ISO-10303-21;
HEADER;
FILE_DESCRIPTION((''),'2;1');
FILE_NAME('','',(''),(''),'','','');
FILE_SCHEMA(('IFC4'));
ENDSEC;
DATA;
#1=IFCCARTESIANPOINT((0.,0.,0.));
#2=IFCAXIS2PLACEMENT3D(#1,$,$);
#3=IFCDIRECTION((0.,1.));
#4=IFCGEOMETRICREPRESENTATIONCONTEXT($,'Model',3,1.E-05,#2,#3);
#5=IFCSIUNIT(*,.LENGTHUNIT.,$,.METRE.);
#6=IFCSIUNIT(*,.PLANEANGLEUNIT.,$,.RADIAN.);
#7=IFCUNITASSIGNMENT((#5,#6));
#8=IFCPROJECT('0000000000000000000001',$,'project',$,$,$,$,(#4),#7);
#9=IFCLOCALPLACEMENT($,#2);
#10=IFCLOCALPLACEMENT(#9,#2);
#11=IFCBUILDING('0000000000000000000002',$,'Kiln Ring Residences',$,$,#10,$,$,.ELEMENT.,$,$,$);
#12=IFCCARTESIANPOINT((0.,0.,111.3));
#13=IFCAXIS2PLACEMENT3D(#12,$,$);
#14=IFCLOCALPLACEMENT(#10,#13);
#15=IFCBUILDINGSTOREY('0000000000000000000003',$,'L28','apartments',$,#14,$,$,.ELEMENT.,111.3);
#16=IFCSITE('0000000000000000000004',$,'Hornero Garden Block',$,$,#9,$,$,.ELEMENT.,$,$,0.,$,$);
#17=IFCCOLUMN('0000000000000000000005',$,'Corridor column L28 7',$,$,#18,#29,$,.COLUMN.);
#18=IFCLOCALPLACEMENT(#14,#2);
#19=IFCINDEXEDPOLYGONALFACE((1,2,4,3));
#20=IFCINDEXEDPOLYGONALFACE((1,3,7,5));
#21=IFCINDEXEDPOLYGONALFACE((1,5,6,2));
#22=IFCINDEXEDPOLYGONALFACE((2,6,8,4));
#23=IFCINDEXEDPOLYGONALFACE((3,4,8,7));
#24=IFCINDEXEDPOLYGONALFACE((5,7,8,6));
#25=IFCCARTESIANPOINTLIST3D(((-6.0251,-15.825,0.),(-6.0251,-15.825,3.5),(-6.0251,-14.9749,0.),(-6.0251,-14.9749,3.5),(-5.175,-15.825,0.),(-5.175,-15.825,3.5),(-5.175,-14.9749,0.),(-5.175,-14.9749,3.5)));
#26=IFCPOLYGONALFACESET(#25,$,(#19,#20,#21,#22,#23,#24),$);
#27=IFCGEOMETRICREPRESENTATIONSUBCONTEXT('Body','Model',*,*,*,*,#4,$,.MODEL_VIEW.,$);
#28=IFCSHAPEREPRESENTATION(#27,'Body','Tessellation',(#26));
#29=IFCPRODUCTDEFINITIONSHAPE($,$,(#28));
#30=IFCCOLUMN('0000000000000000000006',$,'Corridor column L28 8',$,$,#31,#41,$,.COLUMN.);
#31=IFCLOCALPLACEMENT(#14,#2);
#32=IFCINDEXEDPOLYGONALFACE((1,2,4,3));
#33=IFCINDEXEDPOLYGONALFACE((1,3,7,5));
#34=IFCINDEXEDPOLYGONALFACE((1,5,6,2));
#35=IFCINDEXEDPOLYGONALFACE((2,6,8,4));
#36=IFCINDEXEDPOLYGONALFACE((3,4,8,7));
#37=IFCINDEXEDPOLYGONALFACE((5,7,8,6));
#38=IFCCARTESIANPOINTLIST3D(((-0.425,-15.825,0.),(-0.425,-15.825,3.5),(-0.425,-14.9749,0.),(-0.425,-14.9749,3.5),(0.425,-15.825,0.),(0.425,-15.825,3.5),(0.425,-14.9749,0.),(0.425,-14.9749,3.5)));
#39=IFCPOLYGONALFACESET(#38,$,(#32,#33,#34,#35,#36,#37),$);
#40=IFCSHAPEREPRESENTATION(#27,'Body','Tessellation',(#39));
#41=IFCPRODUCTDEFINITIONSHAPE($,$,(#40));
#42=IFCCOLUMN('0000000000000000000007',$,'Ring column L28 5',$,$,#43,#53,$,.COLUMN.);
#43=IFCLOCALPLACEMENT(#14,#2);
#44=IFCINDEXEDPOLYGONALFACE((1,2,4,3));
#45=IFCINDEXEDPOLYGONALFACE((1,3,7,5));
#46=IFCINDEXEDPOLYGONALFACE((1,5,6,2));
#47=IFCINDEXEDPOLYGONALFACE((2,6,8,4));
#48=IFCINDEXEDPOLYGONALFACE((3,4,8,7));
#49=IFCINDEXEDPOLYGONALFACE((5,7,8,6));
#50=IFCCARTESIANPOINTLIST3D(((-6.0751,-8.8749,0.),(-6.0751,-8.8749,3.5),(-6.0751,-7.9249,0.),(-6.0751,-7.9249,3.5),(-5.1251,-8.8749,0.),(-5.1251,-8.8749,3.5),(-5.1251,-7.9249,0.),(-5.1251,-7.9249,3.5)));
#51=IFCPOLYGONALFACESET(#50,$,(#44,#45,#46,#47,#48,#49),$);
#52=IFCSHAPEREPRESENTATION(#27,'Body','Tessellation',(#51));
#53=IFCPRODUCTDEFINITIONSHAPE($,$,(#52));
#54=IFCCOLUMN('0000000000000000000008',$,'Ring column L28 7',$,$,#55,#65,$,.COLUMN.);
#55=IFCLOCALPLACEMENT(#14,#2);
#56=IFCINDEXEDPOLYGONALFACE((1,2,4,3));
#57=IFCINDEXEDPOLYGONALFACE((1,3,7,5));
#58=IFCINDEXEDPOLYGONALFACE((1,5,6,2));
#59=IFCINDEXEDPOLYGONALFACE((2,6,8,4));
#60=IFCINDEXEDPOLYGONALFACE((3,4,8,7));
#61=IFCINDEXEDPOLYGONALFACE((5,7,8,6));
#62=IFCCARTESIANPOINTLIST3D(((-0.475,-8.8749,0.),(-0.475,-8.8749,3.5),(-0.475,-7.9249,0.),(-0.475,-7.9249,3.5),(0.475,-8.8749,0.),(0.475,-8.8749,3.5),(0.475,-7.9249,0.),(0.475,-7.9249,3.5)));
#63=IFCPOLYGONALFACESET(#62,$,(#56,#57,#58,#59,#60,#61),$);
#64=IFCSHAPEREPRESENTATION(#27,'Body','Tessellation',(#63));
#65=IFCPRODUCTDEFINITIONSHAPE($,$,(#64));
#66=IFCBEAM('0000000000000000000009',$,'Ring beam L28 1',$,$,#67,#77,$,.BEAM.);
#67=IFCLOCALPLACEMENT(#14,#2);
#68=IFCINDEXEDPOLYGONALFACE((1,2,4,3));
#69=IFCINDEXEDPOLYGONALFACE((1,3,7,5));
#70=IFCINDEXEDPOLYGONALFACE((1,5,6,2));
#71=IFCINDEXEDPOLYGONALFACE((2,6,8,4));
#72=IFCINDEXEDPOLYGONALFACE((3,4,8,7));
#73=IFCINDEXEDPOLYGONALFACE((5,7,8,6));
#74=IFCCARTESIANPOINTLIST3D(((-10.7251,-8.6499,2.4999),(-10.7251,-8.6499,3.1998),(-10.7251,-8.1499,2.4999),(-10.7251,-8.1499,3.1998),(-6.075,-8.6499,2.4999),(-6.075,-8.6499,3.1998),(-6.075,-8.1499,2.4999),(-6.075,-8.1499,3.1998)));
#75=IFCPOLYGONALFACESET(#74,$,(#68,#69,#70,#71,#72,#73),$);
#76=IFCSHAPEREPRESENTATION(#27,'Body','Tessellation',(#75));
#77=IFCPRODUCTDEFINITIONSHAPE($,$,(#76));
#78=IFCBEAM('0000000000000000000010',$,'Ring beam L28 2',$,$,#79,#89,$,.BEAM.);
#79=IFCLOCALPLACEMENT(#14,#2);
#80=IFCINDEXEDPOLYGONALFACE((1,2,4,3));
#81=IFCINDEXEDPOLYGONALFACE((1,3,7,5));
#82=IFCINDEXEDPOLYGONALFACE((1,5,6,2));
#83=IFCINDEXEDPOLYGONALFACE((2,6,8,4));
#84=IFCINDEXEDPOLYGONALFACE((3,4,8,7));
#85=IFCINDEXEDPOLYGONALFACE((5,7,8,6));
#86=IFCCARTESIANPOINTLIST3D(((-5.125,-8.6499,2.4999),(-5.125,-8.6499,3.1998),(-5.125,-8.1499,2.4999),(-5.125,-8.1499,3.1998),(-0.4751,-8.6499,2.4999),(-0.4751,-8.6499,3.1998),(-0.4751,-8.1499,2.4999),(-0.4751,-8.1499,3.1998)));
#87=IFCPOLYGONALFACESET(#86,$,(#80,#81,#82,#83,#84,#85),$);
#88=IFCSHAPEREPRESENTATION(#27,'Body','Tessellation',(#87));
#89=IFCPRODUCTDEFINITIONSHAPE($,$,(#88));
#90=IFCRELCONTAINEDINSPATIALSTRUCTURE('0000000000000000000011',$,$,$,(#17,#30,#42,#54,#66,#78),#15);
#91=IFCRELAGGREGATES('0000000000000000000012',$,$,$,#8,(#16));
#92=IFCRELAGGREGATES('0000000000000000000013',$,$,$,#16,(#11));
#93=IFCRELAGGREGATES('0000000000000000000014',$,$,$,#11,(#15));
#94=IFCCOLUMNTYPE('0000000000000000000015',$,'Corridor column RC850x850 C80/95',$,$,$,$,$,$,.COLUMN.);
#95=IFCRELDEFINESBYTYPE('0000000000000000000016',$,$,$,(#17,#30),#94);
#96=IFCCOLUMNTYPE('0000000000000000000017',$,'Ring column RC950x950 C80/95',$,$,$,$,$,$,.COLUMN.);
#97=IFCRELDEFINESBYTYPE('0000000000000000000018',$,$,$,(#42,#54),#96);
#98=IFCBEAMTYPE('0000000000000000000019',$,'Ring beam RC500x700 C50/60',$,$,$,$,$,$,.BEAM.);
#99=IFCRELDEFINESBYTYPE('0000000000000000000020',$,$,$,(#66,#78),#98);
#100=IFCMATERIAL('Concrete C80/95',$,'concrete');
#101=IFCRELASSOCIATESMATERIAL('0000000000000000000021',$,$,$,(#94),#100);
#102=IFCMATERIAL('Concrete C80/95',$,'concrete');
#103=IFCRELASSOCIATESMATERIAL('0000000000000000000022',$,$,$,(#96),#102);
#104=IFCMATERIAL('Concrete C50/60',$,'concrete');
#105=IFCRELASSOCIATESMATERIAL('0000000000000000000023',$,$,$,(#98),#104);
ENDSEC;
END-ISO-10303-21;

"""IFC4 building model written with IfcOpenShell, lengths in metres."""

from ifc_helpers import new_model, si_unit, direction, frame, origin, origin_2d, place, context, subcontext, project, spatial, rectangle, extrude, material, material_profile, profile_set, type_object, element, save


model = new_model("IFC4")

# Units and contexts
model_context = context("Model", 3, precision=1e-05, world=origin(), true_north=direction((0.0, 1.0)))
body_context = subcontext(model_context, "Body", "Model", "MODEL_VIEW")
ifc_project = project(units=[si_unit("LENGTHUNIT", "METRE"), si_unit("PLANEANGLEUNIT", "RADIAN")], contexts=[model_context])

# Site, building, storey
site_placement = place(None, origin())
site = spatial("IfcSite", under=ifc_project, at=site_placement, Name="Hornero Garden Block", CompositionType="ELEMENT", RefElevation=0.0)
building_placement = place(site_placement, origin())
building = spatial("IfcBuilding", under=site, at=building_placement, Name="Kiln Ring Residences", CompositionType="ELEMENT")
storey_placement = place(building_placement, frame((0.0, 0.0, 111.3)))
storey = spatial("IfcBuildingStorey", under=building, at=storey_placement, Name="L28", Description="apartments", CompositionType="ELEMENT", Elevation=111.3)

# Columns
ifc_material_1 = material(Name="Concrete C80/95", Category="concrete")
ifc_material_profile_1 = material_profile(ifc_material_1, rectangle(XDim=0.8501, YDim=0.8501, at=origin_2d()), Name="RC850x850")
ifc_profile_set_1 = profile_set([ifc_material_profile_1], Name="Concrete C80/95")
column_type_1 = type_object("IfcColumnType", Name="Corridor column RC850x850 C80/95", PredefinedType="COLUMN", material=ifc_profile_set_1)
for number, where, z_axis, x_axis, name in (
    (1, (-5.6001, -15.3999, 0.0), (0.0, 0.0, 1.0), (1.0, 0.0, 0.0), "Corridor column L28 7"),
    (2, (0.0, -15.3999, 0.0), (0.0, 0.0, 1.0), (1.0, 0.0, 0.0), "Corridor column L28 8"),
):
    element("IfcColumn", number, at=place(storey_placement, frame(where, z_axis=z_axis, x_axis=x_axis)), inside=storey, type_object=column_type_1, Name=name, PredefinedType="COLUMN", context=body_context, shape_type="SweptSolid", body=[
        extrude(rectangle(XDim=0.8501, YDim=0.8501, at=origin_2d()), origin(), (0.0, 0.0, 1.0), 3.5),
    ])
ifc_material_2 = material(Name="Concrete C80/95", Category="concrete")
ifc_material_profile_2 = material_profile(ifc_material_2, rectangle(XDim=0.95, YDim=0.95, at=origin_2d()), Name="RC950x950")
ifc_profile_set_2 = profile_set([ifc_material_profile_2], Name="Concrete C80/95")
column_type_2 = type_object("IfcColumnType", Name="Ring column RC950x950 C80/95", PredefinedType="COLUMN", material=ifc_profile_set_2)
for number, where, z_axis, x_axis, name in (
    (3, (-5.6001, -8.3999, 0.0), (0.0, 0.0, 1.0), (1.0, 0.0, 0.0), "Ring column L28 5"),
    (4, (0.0, -8.3999, 0.0), (0.0, 0.0, 1.0), (1.0, 0.0, 0.0), "Ring column L28 7"),
):
    element("IfcColumn", number, at=place(storey_placement, frame(where, z_axis=z_axis, x_axis=x_axis)), inside=storey, type_object=column_type_2, Name=name, PredefinedType="COLUMN", context=body_context, shape_type="SweptSolid", body=[
        extrude(rectangle(XDim=0.95, YDim=0.95, at=origin_2d()), origin(), (0.0, 0.0, 1.0), 3.5),
    ])

# Beams
ifc_material_3 = material(Name="Concrete C50/60", Category="concrete")
ifc_material_profile_3 = material_profile(ifc_material_3, rectangle(XDim=0.5, YDim=0.7, at=origin_2d()), Name="RC500x700")
ifc_profile_set_3 = profile_set([ifc_material_profile_3], Name="Concrete C50/60")
beam_type = type_object("IfcBeamType", Name="Ring beam RC500x700 C50/60", PredefinedType="BEAM", material=ifc_profile_set_3)
beam_1_placement = place(storey_placement, frame((-10.7251, -8.3999, 2.8499), z_axis=(1.0, 0.0, 0.0), x_axis=(0.0, 1.0, 0.0)))
element("IfcBeam", 5, at=beam_1_placement, inside=storey, type_object=beam_type, Name="Ring beam L28 1", PredefinedType="BEAM", context=body_context, shape_type="SweptSolid", body=[
    extrude(rectangle(XDim=0.5, YDim=0.7, at=origin_2d()), origin(), (0.0, 0.0, 1.0), 4.6501),
])
beam_2_placement = place(storey_placement, frame((-5.125, -8.3999, 2.8499), z_axis=(1.0, 0.0, 0.0), x_axis=(0.0, 1.0, 0.0)))
element("IfcBeam", 6, at=beam_2_placement, inside=storey, type_object=beam_type, Name="Ring beam L28 2", PredefinedType="BEAM", context=body_context, shape_type="SweptSolid", body=[
    extrude(rectangle(XDim=0.5, YDim=0.7, at=origin_2d()), origin(), (0.0, 0.0, 1.0), 4.6499),
])

save(model, "model.ifc")
